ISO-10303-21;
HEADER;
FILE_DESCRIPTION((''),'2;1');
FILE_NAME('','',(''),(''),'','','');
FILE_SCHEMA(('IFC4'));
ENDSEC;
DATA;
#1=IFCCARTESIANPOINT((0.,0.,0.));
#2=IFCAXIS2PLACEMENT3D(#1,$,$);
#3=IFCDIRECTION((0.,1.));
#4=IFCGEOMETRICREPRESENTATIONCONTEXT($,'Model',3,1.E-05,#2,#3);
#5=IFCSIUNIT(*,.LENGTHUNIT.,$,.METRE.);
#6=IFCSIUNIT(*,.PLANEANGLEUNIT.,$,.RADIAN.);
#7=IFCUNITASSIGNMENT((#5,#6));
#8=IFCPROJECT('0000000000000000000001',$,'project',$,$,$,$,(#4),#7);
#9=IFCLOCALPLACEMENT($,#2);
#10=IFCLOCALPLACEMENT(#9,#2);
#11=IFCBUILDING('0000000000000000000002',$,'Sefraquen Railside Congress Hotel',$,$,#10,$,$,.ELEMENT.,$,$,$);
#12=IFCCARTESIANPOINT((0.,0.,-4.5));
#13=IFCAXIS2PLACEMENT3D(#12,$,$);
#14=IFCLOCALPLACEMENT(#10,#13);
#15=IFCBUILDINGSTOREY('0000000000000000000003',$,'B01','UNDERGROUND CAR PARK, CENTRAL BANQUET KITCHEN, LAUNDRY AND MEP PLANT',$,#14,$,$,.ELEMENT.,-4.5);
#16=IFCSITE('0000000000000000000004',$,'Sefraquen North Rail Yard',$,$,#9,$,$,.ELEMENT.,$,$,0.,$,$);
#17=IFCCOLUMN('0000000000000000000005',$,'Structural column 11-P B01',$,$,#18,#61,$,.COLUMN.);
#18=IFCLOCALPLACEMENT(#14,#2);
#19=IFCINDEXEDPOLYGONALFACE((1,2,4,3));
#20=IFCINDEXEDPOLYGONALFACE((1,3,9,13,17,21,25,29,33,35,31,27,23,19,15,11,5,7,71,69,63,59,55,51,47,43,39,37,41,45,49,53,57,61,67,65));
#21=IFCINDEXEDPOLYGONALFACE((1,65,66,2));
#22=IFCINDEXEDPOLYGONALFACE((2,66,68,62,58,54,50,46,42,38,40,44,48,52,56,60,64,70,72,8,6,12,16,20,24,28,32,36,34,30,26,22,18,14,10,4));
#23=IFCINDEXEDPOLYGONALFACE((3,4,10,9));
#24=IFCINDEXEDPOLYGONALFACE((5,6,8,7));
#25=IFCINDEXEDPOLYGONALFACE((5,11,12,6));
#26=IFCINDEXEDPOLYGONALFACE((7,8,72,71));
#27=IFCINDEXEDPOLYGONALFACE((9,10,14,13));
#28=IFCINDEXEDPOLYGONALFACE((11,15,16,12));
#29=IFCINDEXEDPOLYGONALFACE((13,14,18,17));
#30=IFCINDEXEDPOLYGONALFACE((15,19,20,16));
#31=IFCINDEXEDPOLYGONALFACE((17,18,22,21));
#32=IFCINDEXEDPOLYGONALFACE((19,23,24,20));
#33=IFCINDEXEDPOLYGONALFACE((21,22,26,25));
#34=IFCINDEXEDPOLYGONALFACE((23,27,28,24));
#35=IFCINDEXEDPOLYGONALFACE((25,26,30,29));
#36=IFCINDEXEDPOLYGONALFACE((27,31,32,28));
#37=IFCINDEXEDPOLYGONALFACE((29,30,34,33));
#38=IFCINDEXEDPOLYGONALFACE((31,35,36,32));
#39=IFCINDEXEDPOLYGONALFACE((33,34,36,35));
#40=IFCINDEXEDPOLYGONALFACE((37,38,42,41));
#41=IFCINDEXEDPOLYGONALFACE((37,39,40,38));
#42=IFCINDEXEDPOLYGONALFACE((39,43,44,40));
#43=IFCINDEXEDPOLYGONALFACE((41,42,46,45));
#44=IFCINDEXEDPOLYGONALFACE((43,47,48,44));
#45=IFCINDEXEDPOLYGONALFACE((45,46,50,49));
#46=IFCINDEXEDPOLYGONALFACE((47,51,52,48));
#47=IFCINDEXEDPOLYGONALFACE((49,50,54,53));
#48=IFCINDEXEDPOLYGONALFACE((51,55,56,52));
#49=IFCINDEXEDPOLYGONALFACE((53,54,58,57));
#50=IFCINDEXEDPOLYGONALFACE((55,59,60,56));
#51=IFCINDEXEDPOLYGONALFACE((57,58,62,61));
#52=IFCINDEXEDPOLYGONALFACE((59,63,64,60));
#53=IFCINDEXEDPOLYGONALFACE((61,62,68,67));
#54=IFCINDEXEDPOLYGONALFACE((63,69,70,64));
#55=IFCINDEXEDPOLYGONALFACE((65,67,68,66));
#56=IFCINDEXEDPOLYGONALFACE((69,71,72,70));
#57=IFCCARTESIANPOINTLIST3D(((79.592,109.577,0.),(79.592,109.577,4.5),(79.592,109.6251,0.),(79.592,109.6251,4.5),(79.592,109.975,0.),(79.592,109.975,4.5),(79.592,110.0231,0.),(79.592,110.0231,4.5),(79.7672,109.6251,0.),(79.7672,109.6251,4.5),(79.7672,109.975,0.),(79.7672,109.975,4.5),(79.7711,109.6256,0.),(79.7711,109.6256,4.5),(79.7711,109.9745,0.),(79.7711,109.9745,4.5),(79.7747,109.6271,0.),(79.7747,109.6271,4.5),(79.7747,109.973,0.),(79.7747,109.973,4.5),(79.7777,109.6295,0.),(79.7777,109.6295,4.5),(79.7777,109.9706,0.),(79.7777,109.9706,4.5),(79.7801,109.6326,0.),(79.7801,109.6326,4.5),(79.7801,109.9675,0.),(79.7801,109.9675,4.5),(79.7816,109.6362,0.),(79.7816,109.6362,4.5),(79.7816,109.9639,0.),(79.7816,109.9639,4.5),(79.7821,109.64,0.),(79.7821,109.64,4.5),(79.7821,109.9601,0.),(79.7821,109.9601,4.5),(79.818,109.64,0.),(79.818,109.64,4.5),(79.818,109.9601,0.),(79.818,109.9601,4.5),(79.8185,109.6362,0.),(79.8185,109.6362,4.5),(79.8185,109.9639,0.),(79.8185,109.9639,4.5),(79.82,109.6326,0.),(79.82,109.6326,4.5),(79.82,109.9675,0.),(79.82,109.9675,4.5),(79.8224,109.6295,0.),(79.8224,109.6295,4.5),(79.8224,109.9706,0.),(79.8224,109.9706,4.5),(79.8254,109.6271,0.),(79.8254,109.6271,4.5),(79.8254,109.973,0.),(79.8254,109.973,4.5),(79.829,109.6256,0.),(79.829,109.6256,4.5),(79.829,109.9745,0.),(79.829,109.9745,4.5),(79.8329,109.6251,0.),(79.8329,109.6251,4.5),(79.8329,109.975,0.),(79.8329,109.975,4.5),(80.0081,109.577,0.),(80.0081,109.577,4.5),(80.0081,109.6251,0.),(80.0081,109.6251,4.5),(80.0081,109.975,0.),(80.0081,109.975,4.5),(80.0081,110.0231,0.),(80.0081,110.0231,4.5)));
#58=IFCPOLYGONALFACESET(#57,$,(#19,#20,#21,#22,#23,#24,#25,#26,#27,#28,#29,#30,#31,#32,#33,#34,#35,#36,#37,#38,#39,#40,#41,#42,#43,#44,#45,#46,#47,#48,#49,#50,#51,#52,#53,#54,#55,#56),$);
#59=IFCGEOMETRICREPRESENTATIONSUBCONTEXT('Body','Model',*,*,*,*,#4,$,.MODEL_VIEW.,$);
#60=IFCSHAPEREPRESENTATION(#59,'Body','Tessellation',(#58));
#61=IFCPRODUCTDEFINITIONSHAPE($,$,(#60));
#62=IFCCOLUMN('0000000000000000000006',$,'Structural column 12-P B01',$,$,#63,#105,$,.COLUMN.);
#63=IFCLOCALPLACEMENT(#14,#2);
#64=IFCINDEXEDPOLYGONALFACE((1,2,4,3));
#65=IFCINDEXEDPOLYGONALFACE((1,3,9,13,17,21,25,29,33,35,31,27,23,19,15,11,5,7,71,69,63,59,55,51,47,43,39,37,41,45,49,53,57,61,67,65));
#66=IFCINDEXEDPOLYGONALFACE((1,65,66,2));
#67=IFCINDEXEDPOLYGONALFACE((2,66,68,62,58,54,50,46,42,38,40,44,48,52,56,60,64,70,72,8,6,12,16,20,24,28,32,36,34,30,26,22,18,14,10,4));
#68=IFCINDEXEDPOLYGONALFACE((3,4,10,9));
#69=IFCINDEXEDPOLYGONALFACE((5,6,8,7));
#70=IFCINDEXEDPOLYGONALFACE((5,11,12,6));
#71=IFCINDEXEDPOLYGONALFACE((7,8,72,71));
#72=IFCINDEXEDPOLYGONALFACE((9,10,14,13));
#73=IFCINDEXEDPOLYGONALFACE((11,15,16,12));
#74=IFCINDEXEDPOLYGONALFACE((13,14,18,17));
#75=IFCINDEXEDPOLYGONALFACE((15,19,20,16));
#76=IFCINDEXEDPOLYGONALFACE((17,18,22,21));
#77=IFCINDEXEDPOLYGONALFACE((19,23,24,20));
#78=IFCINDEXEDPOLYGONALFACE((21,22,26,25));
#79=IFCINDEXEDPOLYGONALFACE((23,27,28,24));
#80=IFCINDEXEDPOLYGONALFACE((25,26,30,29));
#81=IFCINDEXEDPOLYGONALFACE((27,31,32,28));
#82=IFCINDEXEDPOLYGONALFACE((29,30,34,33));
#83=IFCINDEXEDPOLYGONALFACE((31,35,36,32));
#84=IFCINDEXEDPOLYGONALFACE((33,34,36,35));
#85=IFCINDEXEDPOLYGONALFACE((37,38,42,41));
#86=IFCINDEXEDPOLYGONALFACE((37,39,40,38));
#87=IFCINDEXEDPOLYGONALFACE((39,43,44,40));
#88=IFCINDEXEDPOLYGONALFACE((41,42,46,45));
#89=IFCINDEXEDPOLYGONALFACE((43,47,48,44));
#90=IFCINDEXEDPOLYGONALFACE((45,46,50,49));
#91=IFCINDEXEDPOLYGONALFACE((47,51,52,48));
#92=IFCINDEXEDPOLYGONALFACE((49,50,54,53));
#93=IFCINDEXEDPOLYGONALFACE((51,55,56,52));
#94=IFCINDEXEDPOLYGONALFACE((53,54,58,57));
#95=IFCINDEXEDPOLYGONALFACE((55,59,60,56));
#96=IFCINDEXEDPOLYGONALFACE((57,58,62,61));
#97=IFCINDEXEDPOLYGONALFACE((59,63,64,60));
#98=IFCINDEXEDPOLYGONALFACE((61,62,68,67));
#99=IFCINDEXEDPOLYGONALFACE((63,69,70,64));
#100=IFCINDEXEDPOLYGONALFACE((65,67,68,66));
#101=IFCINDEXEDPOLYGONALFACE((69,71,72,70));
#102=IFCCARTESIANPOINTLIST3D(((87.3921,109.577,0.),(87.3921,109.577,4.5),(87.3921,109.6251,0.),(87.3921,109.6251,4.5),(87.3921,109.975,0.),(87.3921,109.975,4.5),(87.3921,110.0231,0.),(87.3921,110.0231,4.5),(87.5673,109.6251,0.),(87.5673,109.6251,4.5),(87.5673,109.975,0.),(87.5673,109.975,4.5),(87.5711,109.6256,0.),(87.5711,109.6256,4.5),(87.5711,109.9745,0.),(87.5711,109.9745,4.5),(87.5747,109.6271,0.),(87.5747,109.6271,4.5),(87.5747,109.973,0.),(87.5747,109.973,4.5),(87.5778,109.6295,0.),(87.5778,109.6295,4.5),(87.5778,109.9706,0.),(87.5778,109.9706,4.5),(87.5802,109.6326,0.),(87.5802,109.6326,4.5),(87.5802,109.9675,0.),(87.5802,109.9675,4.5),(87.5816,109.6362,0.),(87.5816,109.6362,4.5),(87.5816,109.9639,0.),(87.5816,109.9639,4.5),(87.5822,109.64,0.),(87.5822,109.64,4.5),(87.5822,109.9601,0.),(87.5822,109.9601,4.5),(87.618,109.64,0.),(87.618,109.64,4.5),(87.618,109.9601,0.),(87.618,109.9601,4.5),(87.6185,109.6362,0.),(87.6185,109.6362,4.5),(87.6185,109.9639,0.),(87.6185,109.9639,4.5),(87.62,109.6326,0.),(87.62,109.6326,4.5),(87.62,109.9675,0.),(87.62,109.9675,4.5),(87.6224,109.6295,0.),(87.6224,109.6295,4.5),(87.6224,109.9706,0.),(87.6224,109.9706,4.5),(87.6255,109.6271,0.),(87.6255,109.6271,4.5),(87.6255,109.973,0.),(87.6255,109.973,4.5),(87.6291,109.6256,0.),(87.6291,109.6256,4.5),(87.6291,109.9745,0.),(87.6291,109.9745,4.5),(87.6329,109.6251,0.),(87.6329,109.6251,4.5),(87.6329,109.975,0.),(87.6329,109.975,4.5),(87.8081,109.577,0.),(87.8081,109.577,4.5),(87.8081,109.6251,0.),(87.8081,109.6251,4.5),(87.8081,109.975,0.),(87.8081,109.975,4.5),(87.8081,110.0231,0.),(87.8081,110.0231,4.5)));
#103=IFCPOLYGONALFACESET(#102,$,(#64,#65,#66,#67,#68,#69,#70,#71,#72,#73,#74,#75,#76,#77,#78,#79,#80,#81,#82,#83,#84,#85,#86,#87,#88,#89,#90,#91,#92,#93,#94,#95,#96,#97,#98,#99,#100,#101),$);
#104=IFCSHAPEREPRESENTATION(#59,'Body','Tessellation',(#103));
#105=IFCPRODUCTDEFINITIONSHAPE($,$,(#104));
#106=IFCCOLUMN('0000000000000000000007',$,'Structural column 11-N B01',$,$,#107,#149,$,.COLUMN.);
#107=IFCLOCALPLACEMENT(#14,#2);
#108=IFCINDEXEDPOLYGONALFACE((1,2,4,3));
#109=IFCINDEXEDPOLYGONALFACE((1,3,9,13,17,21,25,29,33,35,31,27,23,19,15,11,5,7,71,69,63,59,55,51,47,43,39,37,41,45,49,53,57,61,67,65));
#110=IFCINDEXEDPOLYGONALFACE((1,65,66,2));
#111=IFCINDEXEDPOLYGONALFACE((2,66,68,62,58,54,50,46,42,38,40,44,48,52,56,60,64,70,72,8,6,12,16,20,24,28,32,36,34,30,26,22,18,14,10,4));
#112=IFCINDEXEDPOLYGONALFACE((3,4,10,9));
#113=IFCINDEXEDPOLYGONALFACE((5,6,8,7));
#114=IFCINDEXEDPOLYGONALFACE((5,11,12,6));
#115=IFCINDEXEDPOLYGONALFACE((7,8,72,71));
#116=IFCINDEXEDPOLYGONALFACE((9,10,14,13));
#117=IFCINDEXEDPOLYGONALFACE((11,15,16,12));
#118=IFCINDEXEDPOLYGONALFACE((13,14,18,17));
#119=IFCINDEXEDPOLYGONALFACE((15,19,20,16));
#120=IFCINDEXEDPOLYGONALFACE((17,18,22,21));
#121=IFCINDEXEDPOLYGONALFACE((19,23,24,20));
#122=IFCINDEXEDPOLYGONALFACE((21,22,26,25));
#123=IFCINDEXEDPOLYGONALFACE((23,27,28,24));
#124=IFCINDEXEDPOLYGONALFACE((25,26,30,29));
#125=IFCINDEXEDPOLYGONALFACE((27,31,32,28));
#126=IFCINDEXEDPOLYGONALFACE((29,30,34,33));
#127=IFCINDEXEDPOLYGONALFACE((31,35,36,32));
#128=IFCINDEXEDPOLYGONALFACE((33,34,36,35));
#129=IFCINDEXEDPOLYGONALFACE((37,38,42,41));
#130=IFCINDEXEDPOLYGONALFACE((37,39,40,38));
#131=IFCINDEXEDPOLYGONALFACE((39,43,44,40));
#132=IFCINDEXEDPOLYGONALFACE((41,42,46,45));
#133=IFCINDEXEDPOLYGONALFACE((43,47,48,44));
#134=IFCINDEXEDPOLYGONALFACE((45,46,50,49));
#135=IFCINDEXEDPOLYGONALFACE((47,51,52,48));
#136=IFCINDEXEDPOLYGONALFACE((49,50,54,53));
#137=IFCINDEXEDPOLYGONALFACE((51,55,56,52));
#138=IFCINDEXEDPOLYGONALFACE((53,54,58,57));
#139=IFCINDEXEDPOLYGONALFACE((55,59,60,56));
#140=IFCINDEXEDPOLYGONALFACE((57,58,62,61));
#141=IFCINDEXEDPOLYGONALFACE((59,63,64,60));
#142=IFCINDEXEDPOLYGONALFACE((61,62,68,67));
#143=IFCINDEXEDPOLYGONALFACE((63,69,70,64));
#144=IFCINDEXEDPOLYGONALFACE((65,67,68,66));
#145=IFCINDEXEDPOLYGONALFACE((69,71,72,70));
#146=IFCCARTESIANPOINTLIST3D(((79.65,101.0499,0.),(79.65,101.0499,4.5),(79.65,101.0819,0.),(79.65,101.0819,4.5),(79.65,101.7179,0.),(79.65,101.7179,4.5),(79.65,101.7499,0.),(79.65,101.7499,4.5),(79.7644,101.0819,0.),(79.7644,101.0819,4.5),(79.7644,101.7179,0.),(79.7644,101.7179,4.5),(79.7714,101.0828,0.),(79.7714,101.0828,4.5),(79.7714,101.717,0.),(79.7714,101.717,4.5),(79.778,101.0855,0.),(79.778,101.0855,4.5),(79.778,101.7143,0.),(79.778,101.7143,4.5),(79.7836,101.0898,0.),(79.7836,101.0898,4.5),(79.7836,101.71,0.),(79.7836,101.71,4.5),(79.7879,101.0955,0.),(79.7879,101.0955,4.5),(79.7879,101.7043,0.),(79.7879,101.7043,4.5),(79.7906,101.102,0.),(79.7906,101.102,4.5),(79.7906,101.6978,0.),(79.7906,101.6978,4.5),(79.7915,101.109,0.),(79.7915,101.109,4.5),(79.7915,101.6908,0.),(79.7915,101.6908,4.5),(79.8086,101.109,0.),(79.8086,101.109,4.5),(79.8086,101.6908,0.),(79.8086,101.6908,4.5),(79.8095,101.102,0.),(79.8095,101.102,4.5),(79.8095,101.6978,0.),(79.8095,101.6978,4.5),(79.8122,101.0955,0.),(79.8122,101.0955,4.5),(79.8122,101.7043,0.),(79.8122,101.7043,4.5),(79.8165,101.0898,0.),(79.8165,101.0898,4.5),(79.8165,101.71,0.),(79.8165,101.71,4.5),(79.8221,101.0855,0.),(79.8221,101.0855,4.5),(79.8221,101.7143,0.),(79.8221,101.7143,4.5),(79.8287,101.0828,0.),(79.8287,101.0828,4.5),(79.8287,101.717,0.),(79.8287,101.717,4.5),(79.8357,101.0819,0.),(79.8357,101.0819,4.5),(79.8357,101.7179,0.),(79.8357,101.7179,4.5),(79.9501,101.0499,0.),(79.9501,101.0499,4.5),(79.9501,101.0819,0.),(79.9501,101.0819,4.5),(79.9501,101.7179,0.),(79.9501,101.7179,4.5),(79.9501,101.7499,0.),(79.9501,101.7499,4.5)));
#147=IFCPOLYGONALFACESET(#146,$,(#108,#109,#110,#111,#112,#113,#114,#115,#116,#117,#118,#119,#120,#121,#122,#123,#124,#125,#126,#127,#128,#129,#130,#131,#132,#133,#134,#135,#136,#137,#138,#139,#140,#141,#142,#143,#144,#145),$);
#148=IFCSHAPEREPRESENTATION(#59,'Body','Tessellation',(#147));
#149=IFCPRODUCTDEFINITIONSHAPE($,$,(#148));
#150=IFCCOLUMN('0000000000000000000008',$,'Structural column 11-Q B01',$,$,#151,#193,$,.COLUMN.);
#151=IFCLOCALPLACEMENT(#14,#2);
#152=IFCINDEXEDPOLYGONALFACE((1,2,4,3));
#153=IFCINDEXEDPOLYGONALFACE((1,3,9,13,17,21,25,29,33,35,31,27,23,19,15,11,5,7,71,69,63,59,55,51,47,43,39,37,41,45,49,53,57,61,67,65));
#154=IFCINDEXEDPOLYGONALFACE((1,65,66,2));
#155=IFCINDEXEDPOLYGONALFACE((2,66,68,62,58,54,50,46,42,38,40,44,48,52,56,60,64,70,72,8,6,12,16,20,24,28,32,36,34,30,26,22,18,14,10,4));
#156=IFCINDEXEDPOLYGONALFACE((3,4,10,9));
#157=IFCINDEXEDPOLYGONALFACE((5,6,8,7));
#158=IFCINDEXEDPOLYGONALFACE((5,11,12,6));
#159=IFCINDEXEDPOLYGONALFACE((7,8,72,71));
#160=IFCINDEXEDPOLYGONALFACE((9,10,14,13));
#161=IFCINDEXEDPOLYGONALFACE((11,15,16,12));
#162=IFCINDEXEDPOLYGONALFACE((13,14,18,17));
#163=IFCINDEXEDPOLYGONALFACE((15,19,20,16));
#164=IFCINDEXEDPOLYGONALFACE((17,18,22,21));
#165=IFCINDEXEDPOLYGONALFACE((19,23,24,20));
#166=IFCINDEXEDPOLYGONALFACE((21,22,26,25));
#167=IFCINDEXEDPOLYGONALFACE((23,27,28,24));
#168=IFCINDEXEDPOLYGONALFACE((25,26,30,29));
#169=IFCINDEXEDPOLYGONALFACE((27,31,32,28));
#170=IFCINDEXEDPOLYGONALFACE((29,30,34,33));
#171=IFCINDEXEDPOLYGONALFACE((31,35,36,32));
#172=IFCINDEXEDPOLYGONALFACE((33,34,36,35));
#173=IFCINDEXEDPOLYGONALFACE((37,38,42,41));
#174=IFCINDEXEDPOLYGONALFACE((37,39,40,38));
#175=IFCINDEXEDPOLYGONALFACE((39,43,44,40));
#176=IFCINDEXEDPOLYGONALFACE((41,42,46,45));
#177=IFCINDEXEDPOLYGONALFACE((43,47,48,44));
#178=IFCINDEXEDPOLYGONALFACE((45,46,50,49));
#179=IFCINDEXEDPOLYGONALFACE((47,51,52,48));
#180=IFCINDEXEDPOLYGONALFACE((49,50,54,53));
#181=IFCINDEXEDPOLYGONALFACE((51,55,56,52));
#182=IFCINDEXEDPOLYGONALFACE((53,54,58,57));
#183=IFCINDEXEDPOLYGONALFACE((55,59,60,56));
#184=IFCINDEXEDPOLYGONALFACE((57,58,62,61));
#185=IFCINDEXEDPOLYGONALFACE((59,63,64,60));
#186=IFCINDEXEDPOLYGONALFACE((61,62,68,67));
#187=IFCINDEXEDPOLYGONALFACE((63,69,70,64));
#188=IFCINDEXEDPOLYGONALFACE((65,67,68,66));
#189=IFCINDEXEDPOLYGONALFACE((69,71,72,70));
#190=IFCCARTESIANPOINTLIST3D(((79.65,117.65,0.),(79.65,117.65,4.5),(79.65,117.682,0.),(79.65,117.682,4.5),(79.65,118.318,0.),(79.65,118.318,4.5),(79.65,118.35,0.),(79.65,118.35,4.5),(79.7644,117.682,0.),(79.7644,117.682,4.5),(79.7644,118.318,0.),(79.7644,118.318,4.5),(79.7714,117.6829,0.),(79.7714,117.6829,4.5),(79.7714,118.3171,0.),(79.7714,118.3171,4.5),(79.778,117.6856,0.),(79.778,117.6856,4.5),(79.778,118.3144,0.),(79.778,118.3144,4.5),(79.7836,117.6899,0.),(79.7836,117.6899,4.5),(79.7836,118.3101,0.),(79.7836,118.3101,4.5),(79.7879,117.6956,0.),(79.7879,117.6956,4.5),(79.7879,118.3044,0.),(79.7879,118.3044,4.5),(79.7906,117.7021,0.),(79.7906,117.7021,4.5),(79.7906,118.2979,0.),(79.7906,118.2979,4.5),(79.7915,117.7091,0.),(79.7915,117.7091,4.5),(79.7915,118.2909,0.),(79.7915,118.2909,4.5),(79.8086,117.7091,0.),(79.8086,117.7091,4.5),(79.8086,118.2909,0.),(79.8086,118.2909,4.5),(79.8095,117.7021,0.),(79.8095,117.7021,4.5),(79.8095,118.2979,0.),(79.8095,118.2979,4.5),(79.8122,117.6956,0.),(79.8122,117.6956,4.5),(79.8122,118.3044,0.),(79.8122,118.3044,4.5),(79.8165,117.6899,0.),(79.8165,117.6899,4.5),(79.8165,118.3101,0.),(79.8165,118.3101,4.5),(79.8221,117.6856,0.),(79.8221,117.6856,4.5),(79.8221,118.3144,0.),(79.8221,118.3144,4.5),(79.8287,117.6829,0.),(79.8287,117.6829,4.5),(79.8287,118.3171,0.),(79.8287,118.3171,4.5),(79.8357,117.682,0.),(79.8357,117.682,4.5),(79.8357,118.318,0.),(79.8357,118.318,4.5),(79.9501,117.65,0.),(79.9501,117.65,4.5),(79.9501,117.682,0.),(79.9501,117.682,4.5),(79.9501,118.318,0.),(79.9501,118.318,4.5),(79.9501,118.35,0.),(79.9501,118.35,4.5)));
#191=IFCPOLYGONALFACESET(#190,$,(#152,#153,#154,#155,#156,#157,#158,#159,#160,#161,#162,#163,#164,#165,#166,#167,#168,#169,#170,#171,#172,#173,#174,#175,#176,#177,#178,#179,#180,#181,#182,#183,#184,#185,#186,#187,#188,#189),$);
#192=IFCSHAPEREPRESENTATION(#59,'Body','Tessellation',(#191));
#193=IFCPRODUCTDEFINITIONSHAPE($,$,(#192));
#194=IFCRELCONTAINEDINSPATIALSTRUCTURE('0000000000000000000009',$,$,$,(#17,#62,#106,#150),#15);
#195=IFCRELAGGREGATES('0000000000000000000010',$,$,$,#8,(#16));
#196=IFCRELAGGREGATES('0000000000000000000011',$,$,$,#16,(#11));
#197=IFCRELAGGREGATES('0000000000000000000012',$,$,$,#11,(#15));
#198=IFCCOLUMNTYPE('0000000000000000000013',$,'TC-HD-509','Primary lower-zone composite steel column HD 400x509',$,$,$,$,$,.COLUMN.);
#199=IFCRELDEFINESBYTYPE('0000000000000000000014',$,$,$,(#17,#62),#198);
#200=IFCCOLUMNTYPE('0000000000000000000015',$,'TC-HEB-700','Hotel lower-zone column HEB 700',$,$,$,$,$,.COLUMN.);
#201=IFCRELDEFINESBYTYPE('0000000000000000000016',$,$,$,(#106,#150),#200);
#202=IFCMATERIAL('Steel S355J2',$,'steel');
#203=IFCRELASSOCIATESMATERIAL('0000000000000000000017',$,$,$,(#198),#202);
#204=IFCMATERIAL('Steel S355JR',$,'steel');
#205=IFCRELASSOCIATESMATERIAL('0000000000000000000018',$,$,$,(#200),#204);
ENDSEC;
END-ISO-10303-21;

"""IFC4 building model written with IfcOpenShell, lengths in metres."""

from ifc_helpers import new_model, si_unit, direction, frame, origin, origin_2d, place, context, subcontext, project, spatial, i_section, extrude, material, material_profile, profile_set, type_object, element, save


model = new_model("IFC4")

# Units and contexts
model_context = context("Model", 3, precision=1e-05, world=origin(), true_north=direction((0.0, 1.0)))
body_context = subcontext(model_context, "Body", "Model", "MODEL_VIEW")
ifc_project = project(units=[si_unit("LENGTHUNIT", "METRE"), si_unit("PLANEANGLEUNIT", "RADIAN")], contexts=[model_context])

# Site, building, storey
site_placement = place(None, origin())
site = spatial("IfcSite", under=ifc_project, at=site_placement, Name="Sefraquen North Rail Yard", CompositionType="ELEMENT", RefElevation=0.0)
building_placement = place(site_placement, origin())
building = spatial("IfcBuilding", under=site, at=building_placement, Name="Sefraquen Railside Congress Hotel", CompositionType="ELEMENT")
storey_placement = place(building_placement, frame((0.0, 0.0, -4.5)))
storey = spatial("IfcBuildingStorey", under=building, at=storey_placement, Name="B01", Description="UNDERGROUND CAR PARK, CENTRAL BANQUET KITCHEN, LAUNDRY AND MEP PLANT", CompositionType="ELEMENT", Elevation=-4.5)

# Columns
ifc_material_1 = material(Name="Steel S355J2", Category="steel")
ifc_material_profile_1 = material_profile(ifc_material_1, i_section(OverallWidth=0.416, OverallDepth=0.446, WebThickness=0.0359, FlangeThickness=0.0481, FilletRadius=0.0149, at=origin_2d()), Name="HD 400x509")
ifc_profile_set_1 = profile_set([ifc_material_profile_1], Name="Steel S355J2")
column_type_1 = type_object("IfcColumnType", Name="TC-HD-509", Description="Primary lower-zone composite steel column HD 400x509", PredefinedType="COLUMN", material=ifc_profile_set_1)
for number, where, z_axis, x_axis, name in (
    (1, (79.8, 109.8, 0.0), (0.0, 0.0, 1.0), (1.0, 0.0, 0.0), "Structural column 11-P B01"),
    (2, (87.6001, 109.8, 0.0), (0.0, 0.0, 1.0), (1.0, 0.0, 0.0), "Structural column 12-P B01"),
):
    element("IfcColumn", number, at=place(storey_placement, frame(where, z_axis=z_axis, x_axis=x_axis)), inside=storey, type_object=column_type_1, Name=name, PredefinedType="COLUMN", context=body_context, shape_type="SweptSolid", body=[
        extrude(i_section(OverallWidth=0.416, OverallDepth=0.446, WebThickness=0.0359, FlangeThickness=0.0481, FilletRadius=0.0149, at=origin_2d()), origin(), (0.0, 0.0, 1.0), 4.5),
    ])
ifc_material_2 = material(Name="Steel S355JR", Category="steel")
ifc_material_profile_2 = material_profile(ifc_material_2, i_section(OverallWidth=0.3, OverallDepth=0.7, WebThickness=0.0171, FlangeThickness=0.032, FilletRadius=0.0271, at=origin_2d()), Name="HEB 700")
ifc_profile_set_2 = profile_set([ifc_material_profile_2], Name="Steel S355JR")
column_type_2 = type_object("IfcColumnType", Name="TC-HEB-700", Description="Hotel lower-zone column HEB 700", PredefinedType="COLUMN", material=ifc_profile_set_2)
for number, where, z_axis, x_axis, name in (
    (3, (79.8, 101.3999, 0.0), (0.0, 0.0, 1.0), (1.0, 0.0, 0.0), "Structural column 11-N B01"),
    (4, (79.8, 118.0, 0.0), (0.0, 0.0, 1.0), (1.0, 0.0, 0.0), "Structural column 11-Q B01"),
):
    element("IfcColumn", number, at=place(storey_placement, frame(where, z_axis=z_axis, x_axis=x_axis)), inside=storey, type_object=column_type_2, Name=name, PredefinedType="COLUMN", context=body_context, shape_type="SweptSolid", body=[
        extrude(i_section(OverallWidth=0.3, OverallDepth=0.7, WebThickness=0.0171, FlangeThickness=0.032, FilletRadius=0.0271, at=origin_2d()), origin(), (0.0, 0.0, 1.0), 4.5),
    ])

save(model, "model.ifc")
